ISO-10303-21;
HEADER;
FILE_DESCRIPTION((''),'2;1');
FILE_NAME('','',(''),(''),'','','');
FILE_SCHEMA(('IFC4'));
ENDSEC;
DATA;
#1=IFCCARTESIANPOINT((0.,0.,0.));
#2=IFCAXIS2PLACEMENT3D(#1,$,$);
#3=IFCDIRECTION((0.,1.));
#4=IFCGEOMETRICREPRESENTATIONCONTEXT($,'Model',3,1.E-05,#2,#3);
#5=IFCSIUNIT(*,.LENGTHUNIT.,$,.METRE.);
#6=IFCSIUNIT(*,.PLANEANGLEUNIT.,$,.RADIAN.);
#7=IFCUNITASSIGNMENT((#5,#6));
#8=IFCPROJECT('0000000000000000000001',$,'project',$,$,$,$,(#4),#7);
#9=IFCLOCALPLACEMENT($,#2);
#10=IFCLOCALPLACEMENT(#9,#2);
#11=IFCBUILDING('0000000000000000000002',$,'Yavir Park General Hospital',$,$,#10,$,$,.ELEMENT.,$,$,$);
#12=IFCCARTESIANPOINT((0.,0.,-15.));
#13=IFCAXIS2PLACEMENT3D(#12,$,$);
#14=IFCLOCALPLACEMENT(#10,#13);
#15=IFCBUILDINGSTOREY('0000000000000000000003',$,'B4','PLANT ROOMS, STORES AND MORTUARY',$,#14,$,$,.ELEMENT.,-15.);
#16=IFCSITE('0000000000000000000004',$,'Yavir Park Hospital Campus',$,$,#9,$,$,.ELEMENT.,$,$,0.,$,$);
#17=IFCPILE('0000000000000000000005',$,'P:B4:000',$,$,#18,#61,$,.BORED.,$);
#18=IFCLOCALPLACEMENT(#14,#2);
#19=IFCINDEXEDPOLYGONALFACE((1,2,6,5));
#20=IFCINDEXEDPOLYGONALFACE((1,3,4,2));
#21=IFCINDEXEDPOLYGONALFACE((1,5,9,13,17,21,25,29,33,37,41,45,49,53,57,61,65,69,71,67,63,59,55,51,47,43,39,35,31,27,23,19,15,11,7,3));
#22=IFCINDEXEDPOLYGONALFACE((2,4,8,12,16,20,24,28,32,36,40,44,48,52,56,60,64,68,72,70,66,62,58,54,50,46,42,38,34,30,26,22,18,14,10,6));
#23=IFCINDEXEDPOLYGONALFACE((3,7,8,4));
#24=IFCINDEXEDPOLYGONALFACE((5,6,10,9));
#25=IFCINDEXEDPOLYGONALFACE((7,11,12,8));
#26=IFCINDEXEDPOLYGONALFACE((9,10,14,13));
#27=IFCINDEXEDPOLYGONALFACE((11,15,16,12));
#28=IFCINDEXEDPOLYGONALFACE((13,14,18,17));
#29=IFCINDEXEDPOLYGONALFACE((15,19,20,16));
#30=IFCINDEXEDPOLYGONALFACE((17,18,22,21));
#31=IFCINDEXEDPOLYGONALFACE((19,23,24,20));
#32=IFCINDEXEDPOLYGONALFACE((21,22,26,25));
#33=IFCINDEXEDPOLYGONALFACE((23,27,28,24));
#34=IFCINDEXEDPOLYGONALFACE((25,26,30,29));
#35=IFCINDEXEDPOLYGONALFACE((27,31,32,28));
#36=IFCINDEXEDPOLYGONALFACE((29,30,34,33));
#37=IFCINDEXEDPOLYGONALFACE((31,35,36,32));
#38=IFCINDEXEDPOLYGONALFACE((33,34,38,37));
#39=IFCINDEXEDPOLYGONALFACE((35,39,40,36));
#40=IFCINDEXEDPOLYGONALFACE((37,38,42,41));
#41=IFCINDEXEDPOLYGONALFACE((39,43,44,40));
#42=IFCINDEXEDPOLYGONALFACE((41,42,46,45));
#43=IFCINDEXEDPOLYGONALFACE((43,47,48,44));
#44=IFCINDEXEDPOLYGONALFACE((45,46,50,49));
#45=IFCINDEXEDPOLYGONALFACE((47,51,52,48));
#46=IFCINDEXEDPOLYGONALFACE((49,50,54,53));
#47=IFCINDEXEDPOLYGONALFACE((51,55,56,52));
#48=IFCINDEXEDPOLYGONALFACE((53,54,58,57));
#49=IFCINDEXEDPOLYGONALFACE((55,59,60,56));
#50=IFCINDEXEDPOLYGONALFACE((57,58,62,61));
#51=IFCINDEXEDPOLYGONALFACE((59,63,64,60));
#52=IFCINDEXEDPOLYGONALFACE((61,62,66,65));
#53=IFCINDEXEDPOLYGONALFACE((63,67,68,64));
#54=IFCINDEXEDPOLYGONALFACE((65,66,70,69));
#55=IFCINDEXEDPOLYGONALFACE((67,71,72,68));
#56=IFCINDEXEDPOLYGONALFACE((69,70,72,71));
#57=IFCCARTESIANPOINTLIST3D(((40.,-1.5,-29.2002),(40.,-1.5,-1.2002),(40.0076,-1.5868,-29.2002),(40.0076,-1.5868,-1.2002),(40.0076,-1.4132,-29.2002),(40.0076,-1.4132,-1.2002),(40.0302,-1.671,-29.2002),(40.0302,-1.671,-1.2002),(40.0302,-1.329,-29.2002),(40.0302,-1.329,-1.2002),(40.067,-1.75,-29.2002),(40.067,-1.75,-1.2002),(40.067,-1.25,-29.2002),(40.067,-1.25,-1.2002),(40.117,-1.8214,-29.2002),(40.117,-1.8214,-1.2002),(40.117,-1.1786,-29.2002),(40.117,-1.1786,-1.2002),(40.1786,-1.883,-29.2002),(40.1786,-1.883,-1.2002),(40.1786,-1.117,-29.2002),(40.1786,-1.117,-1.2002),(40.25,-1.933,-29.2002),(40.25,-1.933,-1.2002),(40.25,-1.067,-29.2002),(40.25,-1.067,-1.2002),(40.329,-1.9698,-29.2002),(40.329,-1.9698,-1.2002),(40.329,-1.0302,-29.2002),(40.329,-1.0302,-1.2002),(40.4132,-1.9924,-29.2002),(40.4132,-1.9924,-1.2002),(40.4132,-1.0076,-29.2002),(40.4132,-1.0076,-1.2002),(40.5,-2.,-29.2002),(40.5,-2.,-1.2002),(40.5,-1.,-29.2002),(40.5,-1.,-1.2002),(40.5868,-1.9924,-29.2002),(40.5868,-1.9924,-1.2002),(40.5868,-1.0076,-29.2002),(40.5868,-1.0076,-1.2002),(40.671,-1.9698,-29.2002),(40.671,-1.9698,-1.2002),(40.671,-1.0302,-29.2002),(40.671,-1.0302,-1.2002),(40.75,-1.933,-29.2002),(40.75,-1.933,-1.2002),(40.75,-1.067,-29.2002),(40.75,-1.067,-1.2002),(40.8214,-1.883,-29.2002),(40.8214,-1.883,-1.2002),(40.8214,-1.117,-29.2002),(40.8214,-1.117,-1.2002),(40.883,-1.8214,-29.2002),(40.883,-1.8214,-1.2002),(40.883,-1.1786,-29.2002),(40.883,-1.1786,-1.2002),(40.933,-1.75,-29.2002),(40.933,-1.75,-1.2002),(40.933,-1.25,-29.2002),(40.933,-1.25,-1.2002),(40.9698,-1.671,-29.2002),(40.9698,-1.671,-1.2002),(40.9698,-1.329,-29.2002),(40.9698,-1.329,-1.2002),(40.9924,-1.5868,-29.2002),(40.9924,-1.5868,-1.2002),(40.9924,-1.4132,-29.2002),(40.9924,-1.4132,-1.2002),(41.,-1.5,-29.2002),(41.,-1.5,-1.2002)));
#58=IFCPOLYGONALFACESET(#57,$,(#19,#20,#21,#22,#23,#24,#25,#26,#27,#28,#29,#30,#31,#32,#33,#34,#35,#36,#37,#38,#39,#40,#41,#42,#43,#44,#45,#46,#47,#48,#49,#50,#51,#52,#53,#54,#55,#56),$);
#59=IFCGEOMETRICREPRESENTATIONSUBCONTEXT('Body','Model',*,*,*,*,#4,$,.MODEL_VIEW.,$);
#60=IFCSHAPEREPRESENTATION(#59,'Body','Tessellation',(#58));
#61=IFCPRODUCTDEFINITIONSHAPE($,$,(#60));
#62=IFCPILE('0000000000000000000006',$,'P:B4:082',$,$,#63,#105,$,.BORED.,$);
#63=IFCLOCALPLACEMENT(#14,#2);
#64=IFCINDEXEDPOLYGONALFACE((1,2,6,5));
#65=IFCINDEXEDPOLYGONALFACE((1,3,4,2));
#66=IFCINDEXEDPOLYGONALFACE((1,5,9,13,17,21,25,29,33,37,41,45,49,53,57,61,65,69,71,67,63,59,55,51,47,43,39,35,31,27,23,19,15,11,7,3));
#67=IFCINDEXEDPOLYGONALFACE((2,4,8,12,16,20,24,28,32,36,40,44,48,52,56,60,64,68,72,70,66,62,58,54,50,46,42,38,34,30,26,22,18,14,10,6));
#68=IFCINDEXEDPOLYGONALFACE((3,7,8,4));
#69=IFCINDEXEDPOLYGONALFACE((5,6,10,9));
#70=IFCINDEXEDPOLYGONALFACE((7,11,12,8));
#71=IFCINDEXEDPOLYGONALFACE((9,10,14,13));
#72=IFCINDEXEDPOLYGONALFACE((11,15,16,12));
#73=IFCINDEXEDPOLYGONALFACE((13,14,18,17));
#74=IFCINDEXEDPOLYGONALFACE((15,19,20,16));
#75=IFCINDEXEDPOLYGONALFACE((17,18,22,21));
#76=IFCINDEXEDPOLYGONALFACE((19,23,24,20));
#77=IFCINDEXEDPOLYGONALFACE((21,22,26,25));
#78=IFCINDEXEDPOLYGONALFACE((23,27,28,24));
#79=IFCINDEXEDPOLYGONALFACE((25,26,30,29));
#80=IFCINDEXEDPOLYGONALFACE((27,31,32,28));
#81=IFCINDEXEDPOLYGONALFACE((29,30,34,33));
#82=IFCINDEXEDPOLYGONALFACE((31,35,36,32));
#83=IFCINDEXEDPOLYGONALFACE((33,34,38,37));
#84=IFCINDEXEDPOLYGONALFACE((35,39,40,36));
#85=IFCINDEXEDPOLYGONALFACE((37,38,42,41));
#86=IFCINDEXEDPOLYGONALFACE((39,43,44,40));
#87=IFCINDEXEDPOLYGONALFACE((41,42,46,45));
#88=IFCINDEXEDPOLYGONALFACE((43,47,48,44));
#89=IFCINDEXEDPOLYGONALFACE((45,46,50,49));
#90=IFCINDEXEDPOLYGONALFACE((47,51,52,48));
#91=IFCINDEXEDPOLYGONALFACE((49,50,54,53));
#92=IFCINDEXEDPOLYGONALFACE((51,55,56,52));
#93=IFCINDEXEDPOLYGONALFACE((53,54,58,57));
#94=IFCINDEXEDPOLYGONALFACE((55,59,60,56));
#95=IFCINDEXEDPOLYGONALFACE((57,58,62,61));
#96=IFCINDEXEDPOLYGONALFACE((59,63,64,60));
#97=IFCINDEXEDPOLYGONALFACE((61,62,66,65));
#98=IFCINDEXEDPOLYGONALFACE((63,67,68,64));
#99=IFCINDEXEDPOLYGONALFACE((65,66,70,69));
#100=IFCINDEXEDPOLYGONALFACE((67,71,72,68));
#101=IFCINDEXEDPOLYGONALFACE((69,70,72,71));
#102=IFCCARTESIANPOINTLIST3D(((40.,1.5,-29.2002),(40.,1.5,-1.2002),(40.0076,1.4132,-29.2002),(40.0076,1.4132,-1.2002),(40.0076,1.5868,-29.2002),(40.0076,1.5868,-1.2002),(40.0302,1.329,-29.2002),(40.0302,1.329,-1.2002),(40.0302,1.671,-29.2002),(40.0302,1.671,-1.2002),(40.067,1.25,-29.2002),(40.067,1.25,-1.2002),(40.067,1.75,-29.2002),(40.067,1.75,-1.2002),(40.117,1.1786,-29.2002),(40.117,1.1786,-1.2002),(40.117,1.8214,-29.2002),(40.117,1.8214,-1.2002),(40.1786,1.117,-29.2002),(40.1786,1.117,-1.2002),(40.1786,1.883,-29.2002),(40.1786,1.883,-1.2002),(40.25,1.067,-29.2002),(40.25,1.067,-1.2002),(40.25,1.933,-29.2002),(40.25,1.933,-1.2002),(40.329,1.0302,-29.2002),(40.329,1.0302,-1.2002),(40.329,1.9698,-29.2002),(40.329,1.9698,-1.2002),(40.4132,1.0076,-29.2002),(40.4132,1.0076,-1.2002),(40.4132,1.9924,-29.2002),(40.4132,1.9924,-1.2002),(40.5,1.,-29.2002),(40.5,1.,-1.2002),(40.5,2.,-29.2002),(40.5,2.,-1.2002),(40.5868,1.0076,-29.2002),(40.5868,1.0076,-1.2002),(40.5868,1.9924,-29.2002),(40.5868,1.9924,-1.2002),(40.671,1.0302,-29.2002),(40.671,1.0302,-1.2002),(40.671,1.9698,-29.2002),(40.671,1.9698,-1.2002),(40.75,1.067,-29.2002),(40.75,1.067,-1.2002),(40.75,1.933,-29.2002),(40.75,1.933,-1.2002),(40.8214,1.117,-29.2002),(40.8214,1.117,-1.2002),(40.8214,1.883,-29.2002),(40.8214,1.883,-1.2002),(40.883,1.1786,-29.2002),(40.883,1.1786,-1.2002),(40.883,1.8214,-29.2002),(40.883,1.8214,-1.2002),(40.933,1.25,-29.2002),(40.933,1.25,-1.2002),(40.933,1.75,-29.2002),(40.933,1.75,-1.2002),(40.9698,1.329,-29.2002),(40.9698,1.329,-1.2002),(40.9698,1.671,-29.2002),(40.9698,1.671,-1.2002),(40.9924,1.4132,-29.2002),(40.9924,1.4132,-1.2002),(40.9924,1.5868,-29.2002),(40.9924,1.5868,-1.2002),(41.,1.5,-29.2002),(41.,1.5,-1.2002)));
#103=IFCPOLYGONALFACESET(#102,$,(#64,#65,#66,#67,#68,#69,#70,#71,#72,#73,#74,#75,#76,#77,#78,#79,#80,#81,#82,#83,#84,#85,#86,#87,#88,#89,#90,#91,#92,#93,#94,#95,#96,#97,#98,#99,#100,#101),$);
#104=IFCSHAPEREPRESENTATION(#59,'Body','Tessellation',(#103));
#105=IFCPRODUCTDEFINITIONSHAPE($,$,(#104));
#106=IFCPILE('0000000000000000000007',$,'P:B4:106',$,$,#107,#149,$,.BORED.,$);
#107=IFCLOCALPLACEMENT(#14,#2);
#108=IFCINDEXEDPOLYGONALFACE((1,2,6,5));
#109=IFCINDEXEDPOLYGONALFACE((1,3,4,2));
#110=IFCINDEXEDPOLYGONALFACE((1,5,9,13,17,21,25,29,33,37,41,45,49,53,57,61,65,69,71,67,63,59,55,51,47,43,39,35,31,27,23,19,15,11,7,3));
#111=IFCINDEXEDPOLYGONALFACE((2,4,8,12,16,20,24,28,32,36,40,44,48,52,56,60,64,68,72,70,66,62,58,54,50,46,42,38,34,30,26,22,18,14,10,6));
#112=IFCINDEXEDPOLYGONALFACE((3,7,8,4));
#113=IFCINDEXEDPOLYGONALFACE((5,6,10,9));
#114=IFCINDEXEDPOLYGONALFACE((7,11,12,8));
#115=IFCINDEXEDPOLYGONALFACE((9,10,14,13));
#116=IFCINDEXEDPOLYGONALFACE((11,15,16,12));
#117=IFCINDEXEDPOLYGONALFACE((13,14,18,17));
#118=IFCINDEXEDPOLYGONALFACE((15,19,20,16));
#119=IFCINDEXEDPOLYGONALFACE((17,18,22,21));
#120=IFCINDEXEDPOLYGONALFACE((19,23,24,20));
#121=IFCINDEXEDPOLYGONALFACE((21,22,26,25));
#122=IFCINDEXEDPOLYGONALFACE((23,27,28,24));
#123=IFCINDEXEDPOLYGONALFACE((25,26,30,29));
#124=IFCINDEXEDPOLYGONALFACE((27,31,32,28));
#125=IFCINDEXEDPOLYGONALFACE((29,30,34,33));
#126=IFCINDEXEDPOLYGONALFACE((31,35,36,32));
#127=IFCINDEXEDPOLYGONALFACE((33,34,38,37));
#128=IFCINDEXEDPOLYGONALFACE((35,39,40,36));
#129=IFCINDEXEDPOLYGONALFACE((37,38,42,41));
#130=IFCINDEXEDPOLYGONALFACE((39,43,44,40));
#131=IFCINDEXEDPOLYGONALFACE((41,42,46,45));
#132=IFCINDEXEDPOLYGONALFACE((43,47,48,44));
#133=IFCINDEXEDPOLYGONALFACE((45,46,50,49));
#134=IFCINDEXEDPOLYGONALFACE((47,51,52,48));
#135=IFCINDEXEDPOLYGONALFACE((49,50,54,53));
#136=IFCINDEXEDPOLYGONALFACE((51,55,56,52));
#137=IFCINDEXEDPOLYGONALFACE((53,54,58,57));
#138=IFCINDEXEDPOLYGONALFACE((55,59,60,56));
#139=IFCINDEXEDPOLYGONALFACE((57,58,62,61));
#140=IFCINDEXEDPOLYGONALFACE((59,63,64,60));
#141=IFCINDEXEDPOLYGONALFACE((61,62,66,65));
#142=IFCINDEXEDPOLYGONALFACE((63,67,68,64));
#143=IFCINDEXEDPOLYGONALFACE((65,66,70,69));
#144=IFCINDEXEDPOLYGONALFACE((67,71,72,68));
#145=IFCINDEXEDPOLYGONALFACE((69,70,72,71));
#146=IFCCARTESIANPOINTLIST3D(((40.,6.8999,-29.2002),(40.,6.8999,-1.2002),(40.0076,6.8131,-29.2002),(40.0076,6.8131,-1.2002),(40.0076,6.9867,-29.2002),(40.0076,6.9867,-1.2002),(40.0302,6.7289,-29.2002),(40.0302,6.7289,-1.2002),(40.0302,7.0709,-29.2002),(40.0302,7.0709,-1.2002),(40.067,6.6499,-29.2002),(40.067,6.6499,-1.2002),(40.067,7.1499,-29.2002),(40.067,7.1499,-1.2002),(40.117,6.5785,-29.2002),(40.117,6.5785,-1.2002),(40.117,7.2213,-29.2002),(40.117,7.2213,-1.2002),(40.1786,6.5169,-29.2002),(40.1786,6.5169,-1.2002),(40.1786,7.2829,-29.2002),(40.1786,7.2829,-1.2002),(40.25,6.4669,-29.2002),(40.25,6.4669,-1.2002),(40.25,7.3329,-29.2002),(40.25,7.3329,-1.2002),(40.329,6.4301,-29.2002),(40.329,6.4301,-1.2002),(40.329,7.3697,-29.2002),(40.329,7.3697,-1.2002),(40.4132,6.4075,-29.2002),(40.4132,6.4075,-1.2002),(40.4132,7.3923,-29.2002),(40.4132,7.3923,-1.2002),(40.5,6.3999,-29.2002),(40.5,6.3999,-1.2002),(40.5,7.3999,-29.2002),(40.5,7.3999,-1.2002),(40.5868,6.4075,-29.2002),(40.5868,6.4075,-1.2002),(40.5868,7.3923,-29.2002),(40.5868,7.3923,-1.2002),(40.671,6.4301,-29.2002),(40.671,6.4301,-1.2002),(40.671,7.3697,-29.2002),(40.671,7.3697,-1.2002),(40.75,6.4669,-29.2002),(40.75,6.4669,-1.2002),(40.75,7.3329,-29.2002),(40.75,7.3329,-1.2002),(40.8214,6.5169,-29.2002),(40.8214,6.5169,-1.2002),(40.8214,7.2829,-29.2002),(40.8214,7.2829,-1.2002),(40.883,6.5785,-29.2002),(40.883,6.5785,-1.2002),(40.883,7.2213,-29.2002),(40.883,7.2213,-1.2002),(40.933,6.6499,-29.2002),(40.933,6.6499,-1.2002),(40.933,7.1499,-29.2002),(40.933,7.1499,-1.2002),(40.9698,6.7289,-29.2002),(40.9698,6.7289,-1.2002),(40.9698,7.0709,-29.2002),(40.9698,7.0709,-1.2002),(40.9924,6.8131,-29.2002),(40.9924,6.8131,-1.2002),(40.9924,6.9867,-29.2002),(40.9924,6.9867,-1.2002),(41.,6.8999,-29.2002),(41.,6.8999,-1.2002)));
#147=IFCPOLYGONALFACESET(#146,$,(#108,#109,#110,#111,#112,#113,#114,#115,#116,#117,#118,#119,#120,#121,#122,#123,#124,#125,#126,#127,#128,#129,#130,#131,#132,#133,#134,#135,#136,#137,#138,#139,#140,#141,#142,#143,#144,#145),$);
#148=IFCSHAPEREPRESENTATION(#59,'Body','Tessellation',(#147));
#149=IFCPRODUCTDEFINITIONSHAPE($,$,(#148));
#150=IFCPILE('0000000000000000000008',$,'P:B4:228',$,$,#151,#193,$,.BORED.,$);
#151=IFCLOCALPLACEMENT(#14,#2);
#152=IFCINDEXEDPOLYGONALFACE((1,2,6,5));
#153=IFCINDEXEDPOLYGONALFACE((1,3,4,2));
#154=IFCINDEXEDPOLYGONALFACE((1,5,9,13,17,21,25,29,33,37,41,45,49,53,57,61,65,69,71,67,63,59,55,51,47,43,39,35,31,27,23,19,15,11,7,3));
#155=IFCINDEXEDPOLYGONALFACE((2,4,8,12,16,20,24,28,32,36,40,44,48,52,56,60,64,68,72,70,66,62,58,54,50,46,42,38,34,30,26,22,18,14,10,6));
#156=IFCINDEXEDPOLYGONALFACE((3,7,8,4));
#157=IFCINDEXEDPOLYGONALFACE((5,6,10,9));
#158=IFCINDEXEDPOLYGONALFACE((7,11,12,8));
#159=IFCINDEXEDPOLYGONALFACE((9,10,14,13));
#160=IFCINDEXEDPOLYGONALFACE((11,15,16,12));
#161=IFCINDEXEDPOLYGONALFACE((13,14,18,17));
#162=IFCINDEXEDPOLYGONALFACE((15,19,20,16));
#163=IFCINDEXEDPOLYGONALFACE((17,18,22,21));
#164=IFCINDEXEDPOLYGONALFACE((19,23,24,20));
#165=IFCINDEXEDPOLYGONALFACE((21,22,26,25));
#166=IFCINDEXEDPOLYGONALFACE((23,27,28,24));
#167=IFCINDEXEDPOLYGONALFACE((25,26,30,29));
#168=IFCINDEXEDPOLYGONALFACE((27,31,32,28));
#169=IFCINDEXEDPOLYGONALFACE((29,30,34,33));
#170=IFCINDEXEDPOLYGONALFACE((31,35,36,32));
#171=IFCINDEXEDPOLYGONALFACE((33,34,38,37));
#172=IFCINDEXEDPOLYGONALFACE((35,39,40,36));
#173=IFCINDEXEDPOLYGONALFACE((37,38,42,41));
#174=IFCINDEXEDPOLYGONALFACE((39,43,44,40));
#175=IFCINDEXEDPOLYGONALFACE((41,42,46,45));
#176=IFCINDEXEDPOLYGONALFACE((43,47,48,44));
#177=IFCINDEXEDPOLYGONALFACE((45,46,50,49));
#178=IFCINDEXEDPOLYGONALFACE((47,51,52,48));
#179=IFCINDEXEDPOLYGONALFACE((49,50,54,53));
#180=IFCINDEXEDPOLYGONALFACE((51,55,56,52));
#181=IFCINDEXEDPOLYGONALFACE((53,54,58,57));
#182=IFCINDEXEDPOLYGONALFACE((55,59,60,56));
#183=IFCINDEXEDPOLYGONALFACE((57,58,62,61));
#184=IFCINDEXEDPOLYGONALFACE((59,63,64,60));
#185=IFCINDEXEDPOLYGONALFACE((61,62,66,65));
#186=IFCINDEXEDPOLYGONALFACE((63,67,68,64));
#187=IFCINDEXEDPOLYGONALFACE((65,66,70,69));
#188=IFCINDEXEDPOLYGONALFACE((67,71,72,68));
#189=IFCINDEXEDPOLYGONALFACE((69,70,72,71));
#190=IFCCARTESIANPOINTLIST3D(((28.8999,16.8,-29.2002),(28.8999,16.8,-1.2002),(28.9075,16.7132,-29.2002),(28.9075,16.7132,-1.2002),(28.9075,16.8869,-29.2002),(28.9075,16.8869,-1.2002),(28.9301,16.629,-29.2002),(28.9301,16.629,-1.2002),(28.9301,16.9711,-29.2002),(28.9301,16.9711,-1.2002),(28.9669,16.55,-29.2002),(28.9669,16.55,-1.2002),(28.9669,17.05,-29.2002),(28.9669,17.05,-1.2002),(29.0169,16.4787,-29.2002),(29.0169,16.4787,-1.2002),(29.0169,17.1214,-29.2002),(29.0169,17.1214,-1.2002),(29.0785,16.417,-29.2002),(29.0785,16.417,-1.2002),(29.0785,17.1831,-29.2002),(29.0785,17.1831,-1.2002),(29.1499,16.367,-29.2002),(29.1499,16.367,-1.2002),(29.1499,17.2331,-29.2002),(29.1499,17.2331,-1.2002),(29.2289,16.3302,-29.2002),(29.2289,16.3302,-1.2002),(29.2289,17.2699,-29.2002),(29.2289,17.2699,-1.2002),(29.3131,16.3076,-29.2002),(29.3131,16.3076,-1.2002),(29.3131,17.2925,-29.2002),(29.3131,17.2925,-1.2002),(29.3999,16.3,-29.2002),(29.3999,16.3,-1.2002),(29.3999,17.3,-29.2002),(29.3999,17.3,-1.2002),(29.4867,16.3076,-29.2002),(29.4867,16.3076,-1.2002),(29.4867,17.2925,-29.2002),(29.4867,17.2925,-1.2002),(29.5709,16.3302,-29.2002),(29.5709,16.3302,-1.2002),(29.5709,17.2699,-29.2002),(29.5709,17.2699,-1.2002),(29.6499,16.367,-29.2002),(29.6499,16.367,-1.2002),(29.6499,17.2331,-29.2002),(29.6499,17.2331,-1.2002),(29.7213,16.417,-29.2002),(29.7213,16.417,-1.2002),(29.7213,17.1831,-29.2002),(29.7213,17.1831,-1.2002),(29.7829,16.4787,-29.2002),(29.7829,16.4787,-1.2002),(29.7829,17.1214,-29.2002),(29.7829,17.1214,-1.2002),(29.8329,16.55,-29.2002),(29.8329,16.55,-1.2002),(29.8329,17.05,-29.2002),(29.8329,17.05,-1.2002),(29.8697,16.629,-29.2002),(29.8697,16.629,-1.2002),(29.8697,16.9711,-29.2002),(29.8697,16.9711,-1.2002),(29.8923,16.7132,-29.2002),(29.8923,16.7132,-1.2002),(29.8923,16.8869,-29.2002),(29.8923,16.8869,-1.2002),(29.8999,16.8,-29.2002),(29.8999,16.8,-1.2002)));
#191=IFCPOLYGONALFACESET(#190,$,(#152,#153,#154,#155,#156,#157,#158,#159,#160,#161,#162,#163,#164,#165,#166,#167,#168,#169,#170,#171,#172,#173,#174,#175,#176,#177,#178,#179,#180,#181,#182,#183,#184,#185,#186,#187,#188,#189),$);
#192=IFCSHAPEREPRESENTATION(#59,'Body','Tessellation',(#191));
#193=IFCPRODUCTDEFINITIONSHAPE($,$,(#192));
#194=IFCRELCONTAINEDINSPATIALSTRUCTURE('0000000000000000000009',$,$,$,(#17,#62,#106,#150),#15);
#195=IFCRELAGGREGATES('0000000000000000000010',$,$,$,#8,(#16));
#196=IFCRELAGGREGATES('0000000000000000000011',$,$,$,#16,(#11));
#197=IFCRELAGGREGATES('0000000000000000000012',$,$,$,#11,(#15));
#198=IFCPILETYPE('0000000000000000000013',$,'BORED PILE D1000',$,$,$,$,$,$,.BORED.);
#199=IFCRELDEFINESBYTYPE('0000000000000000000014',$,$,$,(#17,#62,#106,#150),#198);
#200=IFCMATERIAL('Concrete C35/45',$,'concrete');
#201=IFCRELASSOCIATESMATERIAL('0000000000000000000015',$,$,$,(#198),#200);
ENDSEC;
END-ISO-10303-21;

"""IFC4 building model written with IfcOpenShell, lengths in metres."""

from ifc_helpers import new_model, si_unit, direction, frame, origin, origin_2d, place, context, subcontext, project, spatial, circle, extrude, material, material_profile, profile_set, type_object, element, save


model = new_model("IFC4")

# Units and contexts
model_context = context("Model", 3, precision=1e-05, world=origin(), true_north=direction((0.0, 1.0)))
body_context = subcontext(model_context, "Body", "Model", "MODEL_VIEW")
ifc_project = project(units=[si_unit("LENGTHUNIT", "METRE"), si_unit("PLANEANGLEUNIT", "RADIAN")], contexts=[model_context])

# Site, building, storey
site_placement = place(None, origin())
site = spatial("IfcSite", under=ifc_project, at=site_placement, Name="Yavir Park Hospital Campus", CompositionType="ELEMENT", RefElevation=0.0)
building_placement = place(site_placement, origin())
building = spatial("IfcBuilding", under=site, at=building_placement, Name="Yavir Park General Hospital", CompositionType="ELEMENT")
storey_placement = place(building_placement, frame((0.0, 0.0, -15.0)))
storey = spatial("IfcBuildingStorey", under=building, at=storey_placement, Name="B4", Description="PLANT ROOMS, STORES AND MORTUARY", CompositionType="ELEMENT", Elevation=-15.0)

# Piles
ifc_material_1 = material(Name="Concrete C35/45", Category="concrete")
ifc_material_profile_1 = material_profile(ifc_material_1, circle(Radius=0.5, at=origin_2d()), Name="D1000")
ifc_profile_set_1 = profile_set([ifc_material_profile_1], Name="Concrete C35/45")
pile_type_1 = type_object("IfcPileType", Name="BORED PILE D1000", PredefinedType="BORED", material=ifc_profile_set_1)
for number, where, z_axis, x_axis, name in (
    (1, (40.5, -1.5, -1.2002), (0.0, 0.0, -1.0), (1.0, 0.0, 0.0), "P:B4:000"),
    (2, (40.5, 1.5, -1.2002), (0.0, 0.0, -1.0), (1.0, 0.0, 0.0), "P:B4:082"),
    (3, (40.5, 6.8999, -1.2002), (0.0, 0.0, -1.0), (1.0, 0.0, 0.0), "P:B4:106"),
    (4, (29.3999, 16.8, -1.2002), (0.0, 0.0, -1.0), (1.0, 0.0, 0.0), "P:B4:228"),
):
    element("IfcPile", number, at=place(storey_placement, frame(where, z_axis=z_axis, x_axis=x_axis)), inside=storey, type_object=pile_type_1, Name=name, PredefinedType="BORED", context=body_context, shape_type="SweptSolid", body=[
        extrude(circle(Radius=0.5, at=origin_2d()), origin(), (0.0, 0.0, 1.0), 28.0),
    ])

save(model, "model.ifc")
